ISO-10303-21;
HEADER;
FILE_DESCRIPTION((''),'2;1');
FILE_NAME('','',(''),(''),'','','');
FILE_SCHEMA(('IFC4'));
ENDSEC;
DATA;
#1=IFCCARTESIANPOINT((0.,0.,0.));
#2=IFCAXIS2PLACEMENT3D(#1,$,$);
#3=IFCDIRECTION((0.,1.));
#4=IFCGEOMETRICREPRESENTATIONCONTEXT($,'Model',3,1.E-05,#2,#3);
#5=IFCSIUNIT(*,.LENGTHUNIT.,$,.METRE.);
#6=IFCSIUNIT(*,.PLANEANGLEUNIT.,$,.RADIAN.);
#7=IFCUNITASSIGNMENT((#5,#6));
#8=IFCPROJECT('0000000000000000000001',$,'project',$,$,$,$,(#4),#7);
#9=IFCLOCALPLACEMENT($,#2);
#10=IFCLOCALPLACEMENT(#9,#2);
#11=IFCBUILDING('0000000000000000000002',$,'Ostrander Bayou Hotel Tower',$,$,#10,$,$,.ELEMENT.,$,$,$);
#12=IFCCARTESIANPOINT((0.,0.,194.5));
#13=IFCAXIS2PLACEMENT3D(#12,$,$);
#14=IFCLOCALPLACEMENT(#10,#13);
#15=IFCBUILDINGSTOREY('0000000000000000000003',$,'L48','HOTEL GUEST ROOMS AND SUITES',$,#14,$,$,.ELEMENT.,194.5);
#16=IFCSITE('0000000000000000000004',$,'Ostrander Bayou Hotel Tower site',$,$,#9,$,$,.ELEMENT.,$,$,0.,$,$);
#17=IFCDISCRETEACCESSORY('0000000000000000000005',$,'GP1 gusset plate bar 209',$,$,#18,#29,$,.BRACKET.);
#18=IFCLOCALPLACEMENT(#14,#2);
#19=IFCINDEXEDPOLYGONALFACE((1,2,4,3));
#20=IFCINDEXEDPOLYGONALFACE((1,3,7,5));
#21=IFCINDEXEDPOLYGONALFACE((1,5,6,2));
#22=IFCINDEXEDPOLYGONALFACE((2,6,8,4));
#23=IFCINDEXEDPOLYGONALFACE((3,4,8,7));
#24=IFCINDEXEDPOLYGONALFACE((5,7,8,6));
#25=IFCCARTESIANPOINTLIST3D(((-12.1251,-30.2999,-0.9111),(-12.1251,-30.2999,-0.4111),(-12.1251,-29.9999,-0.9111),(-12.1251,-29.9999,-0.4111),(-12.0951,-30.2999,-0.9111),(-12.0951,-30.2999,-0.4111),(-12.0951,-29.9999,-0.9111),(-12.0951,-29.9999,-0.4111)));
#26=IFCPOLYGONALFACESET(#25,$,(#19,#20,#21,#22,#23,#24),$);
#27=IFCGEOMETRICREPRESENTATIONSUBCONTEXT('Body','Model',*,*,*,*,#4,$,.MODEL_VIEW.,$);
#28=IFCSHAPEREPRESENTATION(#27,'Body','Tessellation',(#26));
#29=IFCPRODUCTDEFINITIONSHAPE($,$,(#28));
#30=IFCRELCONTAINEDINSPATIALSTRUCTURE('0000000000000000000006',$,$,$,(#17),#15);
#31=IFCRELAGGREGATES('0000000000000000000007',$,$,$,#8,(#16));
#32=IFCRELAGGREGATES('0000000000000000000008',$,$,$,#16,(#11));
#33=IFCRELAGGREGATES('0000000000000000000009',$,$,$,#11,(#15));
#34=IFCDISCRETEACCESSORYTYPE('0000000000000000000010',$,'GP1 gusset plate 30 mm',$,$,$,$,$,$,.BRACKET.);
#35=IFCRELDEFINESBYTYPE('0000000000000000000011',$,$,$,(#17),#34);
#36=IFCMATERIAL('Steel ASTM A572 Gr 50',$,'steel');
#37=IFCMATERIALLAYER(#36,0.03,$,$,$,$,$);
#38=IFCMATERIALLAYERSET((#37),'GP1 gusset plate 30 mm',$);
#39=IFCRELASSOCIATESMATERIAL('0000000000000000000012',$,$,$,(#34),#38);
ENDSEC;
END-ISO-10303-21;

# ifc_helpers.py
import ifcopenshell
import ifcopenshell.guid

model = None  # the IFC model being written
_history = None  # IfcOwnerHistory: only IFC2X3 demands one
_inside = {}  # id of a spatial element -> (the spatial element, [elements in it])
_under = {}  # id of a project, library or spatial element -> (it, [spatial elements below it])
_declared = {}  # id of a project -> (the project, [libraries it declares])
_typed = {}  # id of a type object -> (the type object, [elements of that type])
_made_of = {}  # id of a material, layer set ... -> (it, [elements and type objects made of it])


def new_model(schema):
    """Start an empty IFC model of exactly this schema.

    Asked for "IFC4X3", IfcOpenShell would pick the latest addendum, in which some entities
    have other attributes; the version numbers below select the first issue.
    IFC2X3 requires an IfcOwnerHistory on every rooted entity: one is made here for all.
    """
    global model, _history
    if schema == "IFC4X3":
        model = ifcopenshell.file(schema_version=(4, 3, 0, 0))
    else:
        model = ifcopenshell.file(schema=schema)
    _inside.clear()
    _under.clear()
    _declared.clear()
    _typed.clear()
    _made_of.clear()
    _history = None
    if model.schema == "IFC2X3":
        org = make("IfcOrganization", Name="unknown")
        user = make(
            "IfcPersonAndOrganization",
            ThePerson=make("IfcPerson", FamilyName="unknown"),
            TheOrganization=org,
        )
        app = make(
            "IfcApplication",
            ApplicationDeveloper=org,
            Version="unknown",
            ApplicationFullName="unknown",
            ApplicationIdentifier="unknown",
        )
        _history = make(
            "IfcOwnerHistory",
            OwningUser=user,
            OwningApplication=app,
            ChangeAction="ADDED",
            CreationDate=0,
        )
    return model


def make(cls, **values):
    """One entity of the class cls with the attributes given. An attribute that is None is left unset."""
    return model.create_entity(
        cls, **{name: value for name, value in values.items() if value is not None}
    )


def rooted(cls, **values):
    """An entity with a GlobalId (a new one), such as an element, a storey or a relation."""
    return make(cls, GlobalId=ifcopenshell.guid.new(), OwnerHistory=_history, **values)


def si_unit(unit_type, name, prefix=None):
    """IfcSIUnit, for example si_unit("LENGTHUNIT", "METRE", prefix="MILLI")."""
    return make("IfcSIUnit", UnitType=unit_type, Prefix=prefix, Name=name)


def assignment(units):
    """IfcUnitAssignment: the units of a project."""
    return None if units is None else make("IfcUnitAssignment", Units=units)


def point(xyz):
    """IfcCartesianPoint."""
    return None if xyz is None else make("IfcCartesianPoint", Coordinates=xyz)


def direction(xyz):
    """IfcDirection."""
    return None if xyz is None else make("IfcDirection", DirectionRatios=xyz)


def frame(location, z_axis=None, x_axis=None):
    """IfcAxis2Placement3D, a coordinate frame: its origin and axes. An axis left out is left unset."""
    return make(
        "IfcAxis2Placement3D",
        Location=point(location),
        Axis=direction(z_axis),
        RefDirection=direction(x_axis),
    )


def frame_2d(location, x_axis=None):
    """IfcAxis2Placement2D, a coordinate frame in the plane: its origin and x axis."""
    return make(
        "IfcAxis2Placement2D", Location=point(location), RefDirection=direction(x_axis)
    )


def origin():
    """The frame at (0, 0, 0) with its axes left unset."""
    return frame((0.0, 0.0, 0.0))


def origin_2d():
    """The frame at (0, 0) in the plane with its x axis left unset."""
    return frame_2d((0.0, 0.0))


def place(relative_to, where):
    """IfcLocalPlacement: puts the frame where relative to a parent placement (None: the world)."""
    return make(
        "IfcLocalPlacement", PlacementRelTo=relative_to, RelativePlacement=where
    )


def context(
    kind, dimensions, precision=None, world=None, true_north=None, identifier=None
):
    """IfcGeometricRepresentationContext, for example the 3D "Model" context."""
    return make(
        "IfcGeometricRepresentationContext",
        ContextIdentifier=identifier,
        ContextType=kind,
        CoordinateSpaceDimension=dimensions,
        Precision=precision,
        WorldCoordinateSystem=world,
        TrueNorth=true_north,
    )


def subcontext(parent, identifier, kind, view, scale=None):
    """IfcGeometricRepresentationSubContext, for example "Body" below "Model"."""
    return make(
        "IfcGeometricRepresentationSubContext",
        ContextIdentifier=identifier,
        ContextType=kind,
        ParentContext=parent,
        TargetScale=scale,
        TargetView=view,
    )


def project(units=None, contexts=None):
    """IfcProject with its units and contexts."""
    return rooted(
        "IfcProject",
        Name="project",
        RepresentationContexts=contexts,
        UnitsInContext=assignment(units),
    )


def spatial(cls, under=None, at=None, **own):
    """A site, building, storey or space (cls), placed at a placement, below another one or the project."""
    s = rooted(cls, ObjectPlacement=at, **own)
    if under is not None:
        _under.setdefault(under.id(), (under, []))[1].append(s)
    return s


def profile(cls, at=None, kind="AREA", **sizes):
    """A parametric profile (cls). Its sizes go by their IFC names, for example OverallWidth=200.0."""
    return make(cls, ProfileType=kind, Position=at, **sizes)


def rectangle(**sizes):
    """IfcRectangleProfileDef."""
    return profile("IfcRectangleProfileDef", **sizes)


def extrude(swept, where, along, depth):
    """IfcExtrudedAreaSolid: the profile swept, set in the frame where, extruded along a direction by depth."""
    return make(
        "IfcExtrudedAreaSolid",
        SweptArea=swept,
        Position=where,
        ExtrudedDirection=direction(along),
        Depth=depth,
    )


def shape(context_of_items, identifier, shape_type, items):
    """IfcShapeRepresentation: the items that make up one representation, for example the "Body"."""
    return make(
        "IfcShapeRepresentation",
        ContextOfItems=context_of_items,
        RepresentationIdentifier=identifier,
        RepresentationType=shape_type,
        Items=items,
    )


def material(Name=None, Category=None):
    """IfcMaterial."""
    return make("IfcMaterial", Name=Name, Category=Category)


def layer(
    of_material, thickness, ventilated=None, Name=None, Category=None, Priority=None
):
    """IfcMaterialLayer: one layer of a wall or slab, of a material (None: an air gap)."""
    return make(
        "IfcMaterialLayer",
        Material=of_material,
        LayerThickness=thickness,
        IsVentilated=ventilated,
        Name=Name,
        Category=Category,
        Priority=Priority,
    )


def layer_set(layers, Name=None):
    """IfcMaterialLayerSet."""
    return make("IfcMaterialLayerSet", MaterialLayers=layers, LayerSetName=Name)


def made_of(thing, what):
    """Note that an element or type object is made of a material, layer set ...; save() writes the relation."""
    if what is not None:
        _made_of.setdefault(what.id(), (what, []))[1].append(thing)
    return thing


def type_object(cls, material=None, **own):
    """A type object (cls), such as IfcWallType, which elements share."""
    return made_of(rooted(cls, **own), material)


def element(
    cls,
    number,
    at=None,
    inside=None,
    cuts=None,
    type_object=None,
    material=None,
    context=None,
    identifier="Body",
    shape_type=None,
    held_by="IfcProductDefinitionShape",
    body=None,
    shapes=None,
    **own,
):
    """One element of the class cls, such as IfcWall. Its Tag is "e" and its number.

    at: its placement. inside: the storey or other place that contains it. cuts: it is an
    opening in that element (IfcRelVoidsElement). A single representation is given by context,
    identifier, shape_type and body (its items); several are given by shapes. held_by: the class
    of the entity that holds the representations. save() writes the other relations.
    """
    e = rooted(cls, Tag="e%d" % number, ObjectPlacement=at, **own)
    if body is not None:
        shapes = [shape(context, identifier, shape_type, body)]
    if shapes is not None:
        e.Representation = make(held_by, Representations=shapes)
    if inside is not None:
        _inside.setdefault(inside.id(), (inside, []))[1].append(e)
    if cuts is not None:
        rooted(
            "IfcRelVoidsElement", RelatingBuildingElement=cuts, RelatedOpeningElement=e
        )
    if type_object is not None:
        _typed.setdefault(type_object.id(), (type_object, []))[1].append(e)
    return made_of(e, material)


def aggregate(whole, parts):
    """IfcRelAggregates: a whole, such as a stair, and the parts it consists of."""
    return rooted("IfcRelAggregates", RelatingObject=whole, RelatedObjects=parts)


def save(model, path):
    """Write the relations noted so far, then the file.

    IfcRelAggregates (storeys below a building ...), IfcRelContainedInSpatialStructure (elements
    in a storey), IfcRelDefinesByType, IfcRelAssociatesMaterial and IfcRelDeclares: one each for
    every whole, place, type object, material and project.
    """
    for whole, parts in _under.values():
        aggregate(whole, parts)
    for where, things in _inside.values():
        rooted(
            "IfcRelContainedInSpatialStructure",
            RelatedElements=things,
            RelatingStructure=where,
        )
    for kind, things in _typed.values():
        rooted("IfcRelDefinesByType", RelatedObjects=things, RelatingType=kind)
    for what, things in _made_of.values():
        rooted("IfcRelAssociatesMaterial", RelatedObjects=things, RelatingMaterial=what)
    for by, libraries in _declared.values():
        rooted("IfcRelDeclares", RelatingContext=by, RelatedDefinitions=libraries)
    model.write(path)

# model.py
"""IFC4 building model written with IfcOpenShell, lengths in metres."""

from ifc_helpers import new_model, si_unit, direction, frame, origin, origin_2d, place, context, subcontext, project, spatial, rectangle, extrude, material, layer, layer_set, type_object, element, save


model = new_model("IFC4")

# Units and contexts
model_context = context("Model", 3, precision=1e-05, world=origin(), true_north=direction((0.0, 1.0)))
body_context = subcontext(model_context, "Body", "Model", "MODEL_VIEW")
ifc_project = project(units=[si_unit("LENGTHUNIT", "METRE"), si_unit("PLANEANGLEUNIT", "RADIAN")], contexts=[model_context])

# Site, building, storey
site_placement = place(None, origin())
site = spatial("IfcSite", under=ifc_project, at=site_placement, Name="Ostrander Bayou Hotel Tower site", CompositionType="ELEMENT", RefElevation=0.0)
building_placement = place(site_placement, origin())
building = spatial("IfcBuilding", under=site, at=building_placement, Name="Ostrander Bayou Hotel Tower", CompositionType="ELEMENT")
storey_placement = place(building_placement, frame((0.0, 0.0, 194.5)))
storey = spatial("IfcBuildingStorey", under=building, at=storey_placement, Name="L48", Description="HOTEL GUEST ROOMS AND SUITES", CompositionType="ELEMENT", Elevation=194.5)

# Discrete accessory
ifc_material_1 = material(Name="Steel ASTM A572 Gr 50", Category="steel")
ifc_layer_1 = layer(ifc_material_1, 0.03)
ifc_layer_set_1 = layer_set([ifc_layer_1], Name="GP1 gusset plate 30 mm")
discrete_accessory_type = type_object("IfcDiscreteAccessoryType", Name="GP1 gusset plate 30 mm", PredefinedType="BRACKET", material=ifc_layer_set_1)
discrete_accessory_placement = place(storey_placement, frame((-12.1101, -30.1499, -0.9111), z_axis=(0.0, 0.0, 1.0), x_axis=(0.0, 1.0, 0.0)))
element("IfcDiscreteAccessory", 1, at=discrete_accessory_placement, inside=storey, type_object=discrete_accessory_type, Name="GP1 gusset plate bar 209", PredefinedType="BRACKET", context=body_context, shape_type="SweptSolid", body=[
    extrude(rectangle(XDim=0.3, YDim=0.03, at=origin_2d()), origin(), (0.0, 0.0, 1.0), 0.5),
])

save(model, "model.ifc")
